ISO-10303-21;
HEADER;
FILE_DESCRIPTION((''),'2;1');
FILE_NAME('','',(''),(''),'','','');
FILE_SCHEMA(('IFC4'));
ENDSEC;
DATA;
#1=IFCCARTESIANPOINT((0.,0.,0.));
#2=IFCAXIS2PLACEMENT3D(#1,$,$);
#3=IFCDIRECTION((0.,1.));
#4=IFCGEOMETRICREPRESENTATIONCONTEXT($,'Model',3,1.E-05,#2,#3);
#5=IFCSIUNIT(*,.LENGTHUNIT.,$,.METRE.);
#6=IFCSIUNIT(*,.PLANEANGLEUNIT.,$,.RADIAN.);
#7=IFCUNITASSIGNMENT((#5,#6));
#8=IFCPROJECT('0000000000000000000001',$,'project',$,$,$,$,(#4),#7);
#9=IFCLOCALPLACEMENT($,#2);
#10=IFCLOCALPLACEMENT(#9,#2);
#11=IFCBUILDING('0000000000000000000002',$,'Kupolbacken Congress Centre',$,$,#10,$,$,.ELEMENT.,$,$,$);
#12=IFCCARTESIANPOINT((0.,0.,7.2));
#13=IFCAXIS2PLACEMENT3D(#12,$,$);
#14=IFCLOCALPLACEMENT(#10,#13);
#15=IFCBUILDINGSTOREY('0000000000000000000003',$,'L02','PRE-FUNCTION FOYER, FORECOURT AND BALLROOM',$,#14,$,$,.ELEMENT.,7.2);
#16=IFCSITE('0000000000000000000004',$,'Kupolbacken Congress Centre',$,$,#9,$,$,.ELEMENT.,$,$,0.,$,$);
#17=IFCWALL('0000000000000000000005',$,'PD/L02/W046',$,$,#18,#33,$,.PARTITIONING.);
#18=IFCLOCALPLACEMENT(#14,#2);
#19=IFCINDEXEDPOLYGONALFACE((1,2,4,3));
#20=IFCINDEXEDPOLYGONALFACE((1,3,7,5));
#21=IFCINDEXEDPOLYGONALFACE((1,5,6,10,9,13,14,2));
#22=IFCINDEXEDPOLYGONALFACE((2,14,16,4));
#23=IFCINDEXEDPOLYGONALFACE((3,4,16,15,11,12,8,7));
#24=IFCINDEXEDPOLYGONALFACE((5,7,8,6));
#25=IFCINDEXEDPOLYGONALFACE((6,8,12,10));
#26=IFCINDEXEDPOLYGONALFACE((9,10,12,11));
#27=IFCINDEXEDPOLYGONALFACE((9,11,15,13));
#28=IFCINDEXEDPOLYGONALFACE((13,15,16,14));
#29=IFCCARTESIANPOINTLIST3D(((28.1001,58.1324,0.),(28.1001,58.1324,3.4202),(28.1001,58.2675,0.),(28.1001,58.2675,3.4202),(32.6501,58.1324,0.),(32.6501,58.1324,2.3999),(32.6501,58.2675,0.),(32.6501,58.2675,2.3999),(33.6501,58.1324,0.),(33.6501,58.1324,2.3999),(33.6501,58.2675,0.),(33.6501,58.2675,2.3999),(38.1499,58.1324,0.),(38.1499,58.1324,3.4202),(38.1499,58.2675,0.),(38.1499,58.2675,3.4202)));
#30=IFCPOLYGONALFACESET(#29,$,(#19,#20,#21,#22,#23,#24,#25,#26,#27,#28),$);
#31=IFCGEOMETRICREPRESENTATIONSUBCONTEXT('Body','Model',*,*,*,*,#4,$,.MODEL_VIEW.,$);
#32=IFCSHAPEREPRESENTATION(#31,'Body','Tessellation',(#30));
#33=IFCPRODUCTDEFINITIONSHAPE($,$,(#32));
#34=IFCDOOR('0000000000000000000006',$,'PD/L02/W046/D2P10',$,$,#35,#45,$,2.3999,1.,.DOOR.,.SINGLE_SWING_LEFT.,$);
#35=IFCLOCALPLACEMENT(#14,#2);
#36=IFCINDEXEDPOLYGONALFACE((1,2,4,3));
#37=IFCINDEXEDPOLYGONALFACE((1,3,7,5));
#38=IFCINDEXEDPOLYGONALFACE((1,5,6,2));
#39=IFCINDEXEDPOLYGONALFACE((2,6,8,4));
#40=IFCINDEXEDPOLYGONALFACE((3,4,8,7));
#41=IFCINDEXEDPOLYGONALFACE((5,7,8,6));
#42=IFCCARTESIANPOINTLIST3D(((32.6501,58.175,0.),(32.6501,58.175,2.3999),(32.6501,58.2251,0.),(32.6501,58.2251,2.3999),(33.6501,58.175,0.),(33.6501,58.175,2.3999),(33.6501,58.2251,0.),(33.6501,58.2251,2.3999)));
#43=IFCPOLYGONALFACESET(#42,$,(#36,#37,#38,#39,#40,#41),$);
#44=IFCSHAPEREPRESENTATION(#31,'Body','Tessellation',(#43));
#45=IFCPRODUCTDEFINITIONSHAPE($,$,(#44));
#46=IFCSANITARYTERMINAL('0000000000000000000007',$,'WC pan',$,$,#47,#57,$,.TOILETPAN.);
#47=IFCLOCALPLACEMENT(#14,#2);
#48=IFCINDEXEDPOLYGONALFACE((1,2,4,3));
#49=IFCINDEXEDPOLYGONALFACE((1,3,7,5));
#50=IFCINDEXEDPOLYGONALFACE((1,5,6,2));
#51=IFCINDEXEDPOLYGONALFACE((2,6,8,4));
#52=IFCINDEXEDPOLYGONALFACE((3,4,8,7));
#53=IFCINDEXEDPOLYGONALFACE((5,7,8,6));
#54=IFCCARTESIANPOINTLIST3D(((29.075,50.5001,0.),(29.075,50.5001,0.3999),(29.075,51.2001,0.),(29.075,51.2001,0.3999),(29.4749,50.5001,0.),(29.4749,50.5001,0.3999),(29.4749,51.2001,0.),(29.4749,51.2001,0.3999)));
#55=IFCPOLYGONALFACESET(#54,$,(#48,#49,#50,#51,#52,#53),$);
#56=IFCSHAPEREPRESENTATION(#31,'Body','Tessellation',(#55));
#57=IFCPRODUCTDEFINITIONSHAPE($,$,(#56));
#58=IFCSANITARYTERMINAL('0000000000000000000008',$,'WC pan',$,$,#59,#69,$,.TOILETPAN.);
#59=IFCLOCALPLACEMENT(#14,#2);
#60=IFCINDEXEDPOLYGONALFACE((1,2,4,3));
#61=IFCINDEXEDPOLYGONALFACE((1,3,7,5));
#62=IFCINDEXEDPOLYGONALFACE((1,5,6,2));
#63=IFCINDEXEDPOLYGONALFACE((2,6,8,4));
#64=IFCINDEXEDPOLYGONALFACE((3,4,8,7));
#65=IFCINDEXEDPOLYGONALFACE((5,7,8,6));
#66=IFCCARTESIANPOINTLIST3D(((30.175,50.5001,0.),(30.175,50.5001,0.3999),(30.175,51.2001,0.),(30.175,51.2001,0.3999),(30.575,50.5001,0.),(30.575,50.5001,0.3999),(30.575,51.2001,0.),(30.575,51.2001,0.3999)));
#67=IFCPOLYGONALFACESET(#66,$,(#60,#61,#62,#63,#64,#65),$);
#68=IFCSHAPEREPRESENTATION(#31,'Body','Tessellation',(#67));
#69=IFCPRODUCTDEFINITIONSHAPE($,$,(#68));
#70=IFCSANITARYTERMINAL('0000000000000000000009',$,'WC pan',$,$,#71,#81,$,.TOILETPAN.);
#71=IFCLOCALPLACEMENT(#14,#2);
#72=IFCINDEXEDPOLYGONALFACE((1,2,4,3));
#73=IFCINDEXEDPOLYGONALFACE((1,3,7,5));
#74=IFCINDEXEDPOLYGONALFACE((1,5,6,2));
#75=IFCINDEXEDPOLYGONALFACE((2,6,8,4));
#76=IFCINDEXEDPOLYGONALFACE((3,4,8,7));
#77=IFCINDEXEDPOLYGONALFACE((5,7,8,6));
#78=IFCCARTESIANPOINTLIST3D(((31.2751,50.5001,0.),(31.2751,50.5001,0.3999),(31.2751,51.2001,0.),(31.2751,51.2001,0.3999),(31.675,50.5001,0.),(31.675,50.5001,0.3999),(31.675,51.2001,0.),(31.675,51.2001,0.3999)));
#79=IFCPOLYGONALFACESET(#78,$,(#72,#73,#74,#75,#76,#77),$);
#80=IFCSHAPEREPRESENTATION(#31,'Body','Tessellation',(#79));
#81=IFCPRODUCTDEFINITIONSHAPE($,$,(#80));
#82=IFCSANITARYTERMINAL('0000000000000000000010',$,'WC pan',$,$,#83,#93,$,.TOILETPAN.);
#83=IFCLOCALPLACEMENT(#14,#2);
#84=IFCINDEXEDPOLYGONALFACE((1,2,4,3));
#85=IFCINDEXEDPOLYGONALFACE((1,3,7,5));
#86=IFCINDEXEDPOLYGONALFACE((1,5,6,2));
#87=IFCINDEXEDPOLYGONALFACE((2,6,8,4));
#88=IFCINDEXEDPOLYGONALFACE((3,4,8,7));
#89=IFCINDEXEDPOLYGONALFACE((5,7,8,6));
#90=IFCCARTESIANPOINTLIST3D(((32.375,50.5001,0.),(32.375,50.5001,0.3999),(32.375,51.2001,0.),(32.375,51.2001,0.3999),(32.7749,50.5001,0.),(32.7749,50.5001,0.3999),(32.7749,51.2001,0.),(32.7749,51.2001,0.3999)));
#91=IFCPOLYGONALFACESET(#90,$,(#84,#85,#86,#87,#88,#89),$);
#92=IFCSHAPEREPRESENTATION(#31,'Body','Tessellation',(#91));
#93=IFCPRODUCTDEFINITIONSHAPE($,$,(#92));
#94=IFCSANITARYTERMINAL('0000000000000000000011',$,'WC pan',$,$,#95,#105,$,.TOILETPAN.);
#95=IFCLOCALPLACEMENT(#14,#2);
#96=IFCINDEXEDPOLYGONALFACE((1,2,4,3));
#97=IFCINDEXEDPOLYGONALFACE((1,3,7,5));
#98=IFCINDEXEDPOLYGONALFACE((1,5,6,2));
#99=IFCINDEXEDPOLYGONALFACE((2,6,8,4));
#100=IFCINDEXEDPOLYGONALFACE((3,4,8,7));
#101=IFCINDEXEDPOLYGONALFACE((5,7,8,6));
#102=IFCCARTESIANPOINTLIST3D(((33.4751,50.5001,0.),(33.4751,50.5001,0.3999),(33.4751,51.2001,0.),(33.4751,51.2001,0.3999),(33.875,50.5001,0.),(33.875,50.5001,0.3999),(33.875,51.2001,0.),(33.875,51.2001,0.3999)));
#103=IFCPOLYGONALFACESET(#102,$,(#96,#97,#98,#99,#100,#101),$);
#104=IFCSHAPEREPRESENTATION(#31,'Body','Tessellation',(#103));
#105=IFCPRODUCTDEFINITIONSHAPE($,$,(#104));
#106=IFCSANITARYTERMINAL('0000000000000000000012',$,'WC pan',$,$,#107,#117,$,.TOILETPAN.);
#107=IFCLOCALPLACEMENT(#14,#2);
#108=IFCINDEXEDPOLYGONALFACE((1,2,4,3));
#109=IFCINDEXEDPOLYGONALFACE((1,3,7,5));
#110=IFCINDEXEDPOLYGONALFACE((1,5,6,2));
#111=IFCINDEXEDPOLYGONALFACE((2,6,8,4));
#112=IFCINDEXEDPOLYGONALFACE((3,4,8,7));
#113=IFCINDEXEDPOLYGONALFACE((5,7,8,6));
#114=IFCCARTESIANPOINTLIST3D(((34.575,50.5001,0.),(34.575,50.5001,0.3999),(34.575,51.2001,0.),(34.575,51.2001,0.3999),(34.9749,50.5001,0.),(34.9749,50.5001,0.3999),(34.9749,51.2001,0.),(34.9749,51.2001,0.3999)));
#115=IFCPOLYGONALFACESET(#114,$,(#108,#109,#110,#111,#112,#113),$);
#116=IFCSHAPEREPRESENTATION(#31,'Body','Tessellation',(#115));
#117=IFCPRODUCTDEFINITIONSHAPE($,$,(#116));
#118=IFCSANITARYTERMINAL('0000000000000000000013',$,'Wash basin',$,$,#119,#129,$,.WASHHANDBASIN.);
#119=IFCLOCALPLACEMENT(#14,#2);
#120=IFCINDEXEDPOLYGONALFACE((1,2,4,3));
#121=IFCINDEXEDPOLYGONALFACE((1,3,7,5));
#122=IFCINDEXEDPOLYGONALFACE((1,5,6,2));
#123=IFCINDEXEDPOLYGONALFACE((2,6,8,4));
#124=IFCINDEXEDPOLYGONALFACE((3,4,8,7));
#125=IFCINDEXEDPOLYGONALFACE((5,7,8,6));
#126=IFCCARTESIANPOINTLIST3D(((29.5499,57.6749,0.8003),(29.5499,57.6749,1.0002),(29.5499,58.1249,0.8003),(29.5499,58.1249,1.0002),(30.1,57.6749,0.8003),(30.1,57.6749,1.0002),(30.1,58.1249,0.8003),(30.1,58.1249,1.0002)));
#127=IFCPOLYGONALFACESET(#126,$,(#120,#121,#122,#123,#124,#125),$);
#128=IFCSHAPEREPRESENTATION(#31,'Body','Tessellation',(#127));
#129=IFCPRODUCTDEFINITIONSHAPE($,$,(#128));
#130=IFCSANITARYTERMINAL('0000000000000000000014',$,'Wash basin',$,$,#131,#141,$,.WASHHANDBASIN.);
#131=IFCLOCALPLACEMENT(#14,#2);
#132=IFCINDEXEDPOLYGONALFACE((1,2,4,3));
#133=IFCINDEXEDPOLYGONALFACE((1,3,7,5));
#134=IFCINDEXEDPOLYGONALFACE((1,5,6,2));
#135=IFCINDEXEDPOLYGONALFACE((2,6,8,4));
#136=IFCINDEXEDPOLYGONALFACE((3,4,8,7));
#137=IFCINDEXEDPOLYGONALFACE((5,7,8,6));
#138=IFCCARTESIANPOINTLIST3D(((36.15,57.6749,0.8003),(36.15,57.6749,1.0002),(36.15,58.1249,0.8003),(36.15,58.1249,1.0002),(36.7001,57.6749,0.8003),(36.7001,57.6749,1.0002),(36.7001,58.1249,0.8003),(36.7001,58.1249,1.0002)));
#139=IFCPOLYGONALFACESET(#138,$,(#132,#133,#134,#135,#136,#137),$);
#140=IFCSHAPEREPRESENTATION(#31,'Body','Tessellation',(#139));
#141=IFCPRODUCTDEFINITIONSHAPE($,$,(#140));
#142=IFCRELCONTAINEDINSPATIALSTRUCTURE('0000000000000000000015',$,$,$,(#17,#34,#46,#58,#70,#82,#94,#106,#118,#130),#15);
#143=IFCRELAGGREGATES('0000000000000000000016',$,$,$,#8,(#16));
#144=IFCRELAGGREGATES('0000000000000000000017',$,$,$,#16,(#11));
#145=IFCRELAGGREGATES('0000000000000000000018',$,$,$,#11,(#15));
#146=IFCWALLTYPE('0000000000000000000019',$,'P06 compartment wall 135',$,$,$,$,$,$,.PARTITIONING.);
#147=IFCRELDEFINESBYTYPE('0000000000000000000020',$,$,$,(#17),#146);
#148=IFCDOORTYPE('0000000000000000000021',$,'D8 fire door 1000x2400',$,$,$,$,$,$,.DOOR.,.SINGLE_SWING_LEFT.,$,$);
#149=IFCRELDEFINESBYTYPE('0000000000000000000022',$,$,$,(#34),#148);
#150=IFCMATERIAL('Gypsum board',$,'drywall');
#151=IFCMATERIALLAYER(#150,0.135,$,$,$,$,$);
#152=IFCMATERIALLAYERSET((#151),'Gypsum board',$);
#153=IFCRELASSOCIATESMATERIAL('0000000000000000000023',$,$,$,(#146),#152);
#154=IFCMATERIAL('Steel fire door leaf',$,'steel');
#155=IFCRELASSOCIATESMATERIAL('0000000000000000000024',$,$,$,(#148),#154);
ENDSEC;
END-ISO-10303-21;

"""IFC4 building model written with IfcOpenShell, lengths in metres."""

from ifc_helpers import new_model, si_unit, direction, frame, frame_2d, origin, origin_2d, place, context, subcontext, project, spatial, rectangle, extrude, material, layer, layer_set, type_object, element, fill, save


model = new_model("IFC4")

# Units and contexts
model_context = context("Model", 3, precision=1e-05, world=origin(), true_north=direction((0.0, 1.0)))
body_context = subcontext(model_context, "Body", "Model", "MODEL_VIEW")
ifc_project = project(units=[si_unit("LENGTHUNIT", "METRE"), si_unit("PLANEANGLEUNIT", "RADIAN")], contexts=[model_context])

# Site, building, storey
site_placement = place(None, origin())
site = spatial("IfcSite", under=ifc_project, at=site_placement, Name="Kupolbacken Congress Centre", CompositionType="ELEMENT", RefElevation=0.0)
building_placement = place(site_placement, origin())
building = spatial("IfcBuilding", under=site, at=building_placement, Name="Kupolbacken Congress Centre", CompositionType="ELEMENT")
storey_placement = place(building_placement, frame((0.0, 0.0, 7.2)))
storey = spatial("IfcBuildingStorey", under=building, at=storey_placement, Name="L02", Description="PRE-FUNCTION FOYER, FORECOURT AND BALLROOM", CompositionType="ELEMENT", Elevation=7.2)

# Shared definitions
ifc_material_1 = material(Name="Gypsum board", Category="drywall")
ifc_layer_1 = layer(ifc_material_1, 0.135)
ifc_layer_set_1 = layer_set([ifc_layer_1], Name="Gypsum board")
wall_type_1 = type_object("IfcWallType", Name="P06 compartment wall 135", PredefinedType="PARTITIONING", material=ifc_layer_set_1)

# Wall, opening, door
wall_1_placement = place(storey_placement, frame((28.1001, 58.2, 0.0), z_axis=(0.0, 0.0, 1.0), x_axis=(1.0, 0.0, 0.0)))
wall_1 = element("IfcWall", 1, at=wall_1_placement, inside=storey, type_object=wall_type_1, Name="PD/L02/W046", PredefinedType="PARTITIONING", context=body_context, shape_type="SweptSolid", body=[
    extrude(rectangle(XDim=10.0498, YDim=0.135, at=frame_2d((5.0249, 0.0))), origin(), (0.0, 0.0, 1.0), 3.4202),
])
opening_1_placement = place(wall_1_placement, frame((4.55, 0.0, 0.0)))
opening_1 = element("IfcOpeningElement", 2, at=opening_1_placement, cuts=wall_1, PredefinedType="OPENING", context=body_context, shape_type="SweptSolid", body=[
    extrude(rectangle(XDim=1.0, YDim=2.3999, at=frame_2d((0.5, 1.2))), frame((0.0, 0.0774, 0.0), z_axis=(0.0, -1.0, 0.0), x_axis=(1.0, 0.0, 0.0)), (0.0, 0.0, 1.0), 0.155),
])
ifc_material_2 = material(Name="Steel fire door leaf", Category="steel")
door_type_1 = type_object("IfcDoorType", Name="D8 fire door 1000x2400", OperationType="SINGLE_SWING_LEFT", PredefinedType="DOOR", material=ifc_material_2)
door_1_placement = place(opening_1_placement, frame((1.0, 0.0, 0.0), z_axis=(0.0, 0.0, 1.0), x_axis=(-1.0, 0.0, 0.0)))
door_1 = element("IfcDoor", 3, at=door_1_placement, inside=storey, type_object=door_type_1, Name="PD/L02/W046/D2P10", OperationType="SINGLE_SWING_LEFT", OverallHeight=2.3999, OverallWidth=1.0, PredefinedType="DOOR", context=body_context, shape_type="SweptSolid", body=[
    extrude(rectangle(XDim=1.0, YDim=2.3999, at=frame_2d((0.5, 1.2))), frame((0.0, 0.0249, 0.0), z_axis=(0.0, -1.0, 0.0), x_axis=(1.0, 0.0, 0.0)), (0.0, 0.0, 1.0), 0.05),
])
fill(opening_1, door_1)

# Sanitary terminals
for number, where, z_axis, x_axis, name in (
    (4, (29.2749, 50.8501, 0.0), (0.0, 0.0, 1.0), (1.0, 0.0, 0.0), "WC pan"),
    (5, (30.375, 50.8501, 0.0), (0.0, 0.0, 1.0), (1.0, 0.0, 0.0), "WC pan"),
    (6, (31.4751, 50.8501, 0.0), (0.0, 0.0, 1.0), (1.0, 0.0, 0.0), "WC pan"),
    (7, (32.575, 50.8501, 0.0), (0.0, 0.0, 1.0), (1.0, 0.0, 0.0), "WC pan"),
    (8, (33.675, 50.8501, 0.0), (0.0, 0.0, 1.0), (1.0, 0.0, 0.0), "WC pan"),
    (9, (34.7749, 50.8501, 0.0), (0.0, 0.0, 1.0), (1.0, 0.0, 0.0), "WC pan"),
):
    element("IfcSanitaryTerminal", number, at=place(storey_placement, frame(where, z_axis=z_axis, x_axis=x_axis)), inside=storey, Name=name, PredefinedType="TOILETPAN", context=body_context, shape_type="SweptSolid", body=[
        extrude(rectangle(XDim=0.3999, YDim=0.7, at=origin_2d()), origin(), (0.0, 0.0, 1.0), 0.3999),
    ])
for number, where, z_axis, x_axis, name in (
    (10, (29.825, 57.8999, 0.8003), (0.0, 0.0, 1.0), (1.0, 0.0, 0.0), "Wash basin"),
    (11, (36.425, 57.8999, 0.8003), (0.0, 0.0, 1.0), (1.0, 0.0, 0.0), "Wash basin"),
):
    element("IfcSanitaryTerminal", number, at=place(storey_placement, frame(where, z_axis=z_axis, x_axis=x_axis)), inside=storey, Name=name, PredefinedType="WASHHANDBASIN", context=body_context, shape_type="SweptSolid", body=[
        extrude(rectangle(XDim=0.55, YDim=0.45, at=origin_2d()), origin(), (0.0, 0.0, 1.0), 0.2),
    ])

save(model, "model.ifc")
